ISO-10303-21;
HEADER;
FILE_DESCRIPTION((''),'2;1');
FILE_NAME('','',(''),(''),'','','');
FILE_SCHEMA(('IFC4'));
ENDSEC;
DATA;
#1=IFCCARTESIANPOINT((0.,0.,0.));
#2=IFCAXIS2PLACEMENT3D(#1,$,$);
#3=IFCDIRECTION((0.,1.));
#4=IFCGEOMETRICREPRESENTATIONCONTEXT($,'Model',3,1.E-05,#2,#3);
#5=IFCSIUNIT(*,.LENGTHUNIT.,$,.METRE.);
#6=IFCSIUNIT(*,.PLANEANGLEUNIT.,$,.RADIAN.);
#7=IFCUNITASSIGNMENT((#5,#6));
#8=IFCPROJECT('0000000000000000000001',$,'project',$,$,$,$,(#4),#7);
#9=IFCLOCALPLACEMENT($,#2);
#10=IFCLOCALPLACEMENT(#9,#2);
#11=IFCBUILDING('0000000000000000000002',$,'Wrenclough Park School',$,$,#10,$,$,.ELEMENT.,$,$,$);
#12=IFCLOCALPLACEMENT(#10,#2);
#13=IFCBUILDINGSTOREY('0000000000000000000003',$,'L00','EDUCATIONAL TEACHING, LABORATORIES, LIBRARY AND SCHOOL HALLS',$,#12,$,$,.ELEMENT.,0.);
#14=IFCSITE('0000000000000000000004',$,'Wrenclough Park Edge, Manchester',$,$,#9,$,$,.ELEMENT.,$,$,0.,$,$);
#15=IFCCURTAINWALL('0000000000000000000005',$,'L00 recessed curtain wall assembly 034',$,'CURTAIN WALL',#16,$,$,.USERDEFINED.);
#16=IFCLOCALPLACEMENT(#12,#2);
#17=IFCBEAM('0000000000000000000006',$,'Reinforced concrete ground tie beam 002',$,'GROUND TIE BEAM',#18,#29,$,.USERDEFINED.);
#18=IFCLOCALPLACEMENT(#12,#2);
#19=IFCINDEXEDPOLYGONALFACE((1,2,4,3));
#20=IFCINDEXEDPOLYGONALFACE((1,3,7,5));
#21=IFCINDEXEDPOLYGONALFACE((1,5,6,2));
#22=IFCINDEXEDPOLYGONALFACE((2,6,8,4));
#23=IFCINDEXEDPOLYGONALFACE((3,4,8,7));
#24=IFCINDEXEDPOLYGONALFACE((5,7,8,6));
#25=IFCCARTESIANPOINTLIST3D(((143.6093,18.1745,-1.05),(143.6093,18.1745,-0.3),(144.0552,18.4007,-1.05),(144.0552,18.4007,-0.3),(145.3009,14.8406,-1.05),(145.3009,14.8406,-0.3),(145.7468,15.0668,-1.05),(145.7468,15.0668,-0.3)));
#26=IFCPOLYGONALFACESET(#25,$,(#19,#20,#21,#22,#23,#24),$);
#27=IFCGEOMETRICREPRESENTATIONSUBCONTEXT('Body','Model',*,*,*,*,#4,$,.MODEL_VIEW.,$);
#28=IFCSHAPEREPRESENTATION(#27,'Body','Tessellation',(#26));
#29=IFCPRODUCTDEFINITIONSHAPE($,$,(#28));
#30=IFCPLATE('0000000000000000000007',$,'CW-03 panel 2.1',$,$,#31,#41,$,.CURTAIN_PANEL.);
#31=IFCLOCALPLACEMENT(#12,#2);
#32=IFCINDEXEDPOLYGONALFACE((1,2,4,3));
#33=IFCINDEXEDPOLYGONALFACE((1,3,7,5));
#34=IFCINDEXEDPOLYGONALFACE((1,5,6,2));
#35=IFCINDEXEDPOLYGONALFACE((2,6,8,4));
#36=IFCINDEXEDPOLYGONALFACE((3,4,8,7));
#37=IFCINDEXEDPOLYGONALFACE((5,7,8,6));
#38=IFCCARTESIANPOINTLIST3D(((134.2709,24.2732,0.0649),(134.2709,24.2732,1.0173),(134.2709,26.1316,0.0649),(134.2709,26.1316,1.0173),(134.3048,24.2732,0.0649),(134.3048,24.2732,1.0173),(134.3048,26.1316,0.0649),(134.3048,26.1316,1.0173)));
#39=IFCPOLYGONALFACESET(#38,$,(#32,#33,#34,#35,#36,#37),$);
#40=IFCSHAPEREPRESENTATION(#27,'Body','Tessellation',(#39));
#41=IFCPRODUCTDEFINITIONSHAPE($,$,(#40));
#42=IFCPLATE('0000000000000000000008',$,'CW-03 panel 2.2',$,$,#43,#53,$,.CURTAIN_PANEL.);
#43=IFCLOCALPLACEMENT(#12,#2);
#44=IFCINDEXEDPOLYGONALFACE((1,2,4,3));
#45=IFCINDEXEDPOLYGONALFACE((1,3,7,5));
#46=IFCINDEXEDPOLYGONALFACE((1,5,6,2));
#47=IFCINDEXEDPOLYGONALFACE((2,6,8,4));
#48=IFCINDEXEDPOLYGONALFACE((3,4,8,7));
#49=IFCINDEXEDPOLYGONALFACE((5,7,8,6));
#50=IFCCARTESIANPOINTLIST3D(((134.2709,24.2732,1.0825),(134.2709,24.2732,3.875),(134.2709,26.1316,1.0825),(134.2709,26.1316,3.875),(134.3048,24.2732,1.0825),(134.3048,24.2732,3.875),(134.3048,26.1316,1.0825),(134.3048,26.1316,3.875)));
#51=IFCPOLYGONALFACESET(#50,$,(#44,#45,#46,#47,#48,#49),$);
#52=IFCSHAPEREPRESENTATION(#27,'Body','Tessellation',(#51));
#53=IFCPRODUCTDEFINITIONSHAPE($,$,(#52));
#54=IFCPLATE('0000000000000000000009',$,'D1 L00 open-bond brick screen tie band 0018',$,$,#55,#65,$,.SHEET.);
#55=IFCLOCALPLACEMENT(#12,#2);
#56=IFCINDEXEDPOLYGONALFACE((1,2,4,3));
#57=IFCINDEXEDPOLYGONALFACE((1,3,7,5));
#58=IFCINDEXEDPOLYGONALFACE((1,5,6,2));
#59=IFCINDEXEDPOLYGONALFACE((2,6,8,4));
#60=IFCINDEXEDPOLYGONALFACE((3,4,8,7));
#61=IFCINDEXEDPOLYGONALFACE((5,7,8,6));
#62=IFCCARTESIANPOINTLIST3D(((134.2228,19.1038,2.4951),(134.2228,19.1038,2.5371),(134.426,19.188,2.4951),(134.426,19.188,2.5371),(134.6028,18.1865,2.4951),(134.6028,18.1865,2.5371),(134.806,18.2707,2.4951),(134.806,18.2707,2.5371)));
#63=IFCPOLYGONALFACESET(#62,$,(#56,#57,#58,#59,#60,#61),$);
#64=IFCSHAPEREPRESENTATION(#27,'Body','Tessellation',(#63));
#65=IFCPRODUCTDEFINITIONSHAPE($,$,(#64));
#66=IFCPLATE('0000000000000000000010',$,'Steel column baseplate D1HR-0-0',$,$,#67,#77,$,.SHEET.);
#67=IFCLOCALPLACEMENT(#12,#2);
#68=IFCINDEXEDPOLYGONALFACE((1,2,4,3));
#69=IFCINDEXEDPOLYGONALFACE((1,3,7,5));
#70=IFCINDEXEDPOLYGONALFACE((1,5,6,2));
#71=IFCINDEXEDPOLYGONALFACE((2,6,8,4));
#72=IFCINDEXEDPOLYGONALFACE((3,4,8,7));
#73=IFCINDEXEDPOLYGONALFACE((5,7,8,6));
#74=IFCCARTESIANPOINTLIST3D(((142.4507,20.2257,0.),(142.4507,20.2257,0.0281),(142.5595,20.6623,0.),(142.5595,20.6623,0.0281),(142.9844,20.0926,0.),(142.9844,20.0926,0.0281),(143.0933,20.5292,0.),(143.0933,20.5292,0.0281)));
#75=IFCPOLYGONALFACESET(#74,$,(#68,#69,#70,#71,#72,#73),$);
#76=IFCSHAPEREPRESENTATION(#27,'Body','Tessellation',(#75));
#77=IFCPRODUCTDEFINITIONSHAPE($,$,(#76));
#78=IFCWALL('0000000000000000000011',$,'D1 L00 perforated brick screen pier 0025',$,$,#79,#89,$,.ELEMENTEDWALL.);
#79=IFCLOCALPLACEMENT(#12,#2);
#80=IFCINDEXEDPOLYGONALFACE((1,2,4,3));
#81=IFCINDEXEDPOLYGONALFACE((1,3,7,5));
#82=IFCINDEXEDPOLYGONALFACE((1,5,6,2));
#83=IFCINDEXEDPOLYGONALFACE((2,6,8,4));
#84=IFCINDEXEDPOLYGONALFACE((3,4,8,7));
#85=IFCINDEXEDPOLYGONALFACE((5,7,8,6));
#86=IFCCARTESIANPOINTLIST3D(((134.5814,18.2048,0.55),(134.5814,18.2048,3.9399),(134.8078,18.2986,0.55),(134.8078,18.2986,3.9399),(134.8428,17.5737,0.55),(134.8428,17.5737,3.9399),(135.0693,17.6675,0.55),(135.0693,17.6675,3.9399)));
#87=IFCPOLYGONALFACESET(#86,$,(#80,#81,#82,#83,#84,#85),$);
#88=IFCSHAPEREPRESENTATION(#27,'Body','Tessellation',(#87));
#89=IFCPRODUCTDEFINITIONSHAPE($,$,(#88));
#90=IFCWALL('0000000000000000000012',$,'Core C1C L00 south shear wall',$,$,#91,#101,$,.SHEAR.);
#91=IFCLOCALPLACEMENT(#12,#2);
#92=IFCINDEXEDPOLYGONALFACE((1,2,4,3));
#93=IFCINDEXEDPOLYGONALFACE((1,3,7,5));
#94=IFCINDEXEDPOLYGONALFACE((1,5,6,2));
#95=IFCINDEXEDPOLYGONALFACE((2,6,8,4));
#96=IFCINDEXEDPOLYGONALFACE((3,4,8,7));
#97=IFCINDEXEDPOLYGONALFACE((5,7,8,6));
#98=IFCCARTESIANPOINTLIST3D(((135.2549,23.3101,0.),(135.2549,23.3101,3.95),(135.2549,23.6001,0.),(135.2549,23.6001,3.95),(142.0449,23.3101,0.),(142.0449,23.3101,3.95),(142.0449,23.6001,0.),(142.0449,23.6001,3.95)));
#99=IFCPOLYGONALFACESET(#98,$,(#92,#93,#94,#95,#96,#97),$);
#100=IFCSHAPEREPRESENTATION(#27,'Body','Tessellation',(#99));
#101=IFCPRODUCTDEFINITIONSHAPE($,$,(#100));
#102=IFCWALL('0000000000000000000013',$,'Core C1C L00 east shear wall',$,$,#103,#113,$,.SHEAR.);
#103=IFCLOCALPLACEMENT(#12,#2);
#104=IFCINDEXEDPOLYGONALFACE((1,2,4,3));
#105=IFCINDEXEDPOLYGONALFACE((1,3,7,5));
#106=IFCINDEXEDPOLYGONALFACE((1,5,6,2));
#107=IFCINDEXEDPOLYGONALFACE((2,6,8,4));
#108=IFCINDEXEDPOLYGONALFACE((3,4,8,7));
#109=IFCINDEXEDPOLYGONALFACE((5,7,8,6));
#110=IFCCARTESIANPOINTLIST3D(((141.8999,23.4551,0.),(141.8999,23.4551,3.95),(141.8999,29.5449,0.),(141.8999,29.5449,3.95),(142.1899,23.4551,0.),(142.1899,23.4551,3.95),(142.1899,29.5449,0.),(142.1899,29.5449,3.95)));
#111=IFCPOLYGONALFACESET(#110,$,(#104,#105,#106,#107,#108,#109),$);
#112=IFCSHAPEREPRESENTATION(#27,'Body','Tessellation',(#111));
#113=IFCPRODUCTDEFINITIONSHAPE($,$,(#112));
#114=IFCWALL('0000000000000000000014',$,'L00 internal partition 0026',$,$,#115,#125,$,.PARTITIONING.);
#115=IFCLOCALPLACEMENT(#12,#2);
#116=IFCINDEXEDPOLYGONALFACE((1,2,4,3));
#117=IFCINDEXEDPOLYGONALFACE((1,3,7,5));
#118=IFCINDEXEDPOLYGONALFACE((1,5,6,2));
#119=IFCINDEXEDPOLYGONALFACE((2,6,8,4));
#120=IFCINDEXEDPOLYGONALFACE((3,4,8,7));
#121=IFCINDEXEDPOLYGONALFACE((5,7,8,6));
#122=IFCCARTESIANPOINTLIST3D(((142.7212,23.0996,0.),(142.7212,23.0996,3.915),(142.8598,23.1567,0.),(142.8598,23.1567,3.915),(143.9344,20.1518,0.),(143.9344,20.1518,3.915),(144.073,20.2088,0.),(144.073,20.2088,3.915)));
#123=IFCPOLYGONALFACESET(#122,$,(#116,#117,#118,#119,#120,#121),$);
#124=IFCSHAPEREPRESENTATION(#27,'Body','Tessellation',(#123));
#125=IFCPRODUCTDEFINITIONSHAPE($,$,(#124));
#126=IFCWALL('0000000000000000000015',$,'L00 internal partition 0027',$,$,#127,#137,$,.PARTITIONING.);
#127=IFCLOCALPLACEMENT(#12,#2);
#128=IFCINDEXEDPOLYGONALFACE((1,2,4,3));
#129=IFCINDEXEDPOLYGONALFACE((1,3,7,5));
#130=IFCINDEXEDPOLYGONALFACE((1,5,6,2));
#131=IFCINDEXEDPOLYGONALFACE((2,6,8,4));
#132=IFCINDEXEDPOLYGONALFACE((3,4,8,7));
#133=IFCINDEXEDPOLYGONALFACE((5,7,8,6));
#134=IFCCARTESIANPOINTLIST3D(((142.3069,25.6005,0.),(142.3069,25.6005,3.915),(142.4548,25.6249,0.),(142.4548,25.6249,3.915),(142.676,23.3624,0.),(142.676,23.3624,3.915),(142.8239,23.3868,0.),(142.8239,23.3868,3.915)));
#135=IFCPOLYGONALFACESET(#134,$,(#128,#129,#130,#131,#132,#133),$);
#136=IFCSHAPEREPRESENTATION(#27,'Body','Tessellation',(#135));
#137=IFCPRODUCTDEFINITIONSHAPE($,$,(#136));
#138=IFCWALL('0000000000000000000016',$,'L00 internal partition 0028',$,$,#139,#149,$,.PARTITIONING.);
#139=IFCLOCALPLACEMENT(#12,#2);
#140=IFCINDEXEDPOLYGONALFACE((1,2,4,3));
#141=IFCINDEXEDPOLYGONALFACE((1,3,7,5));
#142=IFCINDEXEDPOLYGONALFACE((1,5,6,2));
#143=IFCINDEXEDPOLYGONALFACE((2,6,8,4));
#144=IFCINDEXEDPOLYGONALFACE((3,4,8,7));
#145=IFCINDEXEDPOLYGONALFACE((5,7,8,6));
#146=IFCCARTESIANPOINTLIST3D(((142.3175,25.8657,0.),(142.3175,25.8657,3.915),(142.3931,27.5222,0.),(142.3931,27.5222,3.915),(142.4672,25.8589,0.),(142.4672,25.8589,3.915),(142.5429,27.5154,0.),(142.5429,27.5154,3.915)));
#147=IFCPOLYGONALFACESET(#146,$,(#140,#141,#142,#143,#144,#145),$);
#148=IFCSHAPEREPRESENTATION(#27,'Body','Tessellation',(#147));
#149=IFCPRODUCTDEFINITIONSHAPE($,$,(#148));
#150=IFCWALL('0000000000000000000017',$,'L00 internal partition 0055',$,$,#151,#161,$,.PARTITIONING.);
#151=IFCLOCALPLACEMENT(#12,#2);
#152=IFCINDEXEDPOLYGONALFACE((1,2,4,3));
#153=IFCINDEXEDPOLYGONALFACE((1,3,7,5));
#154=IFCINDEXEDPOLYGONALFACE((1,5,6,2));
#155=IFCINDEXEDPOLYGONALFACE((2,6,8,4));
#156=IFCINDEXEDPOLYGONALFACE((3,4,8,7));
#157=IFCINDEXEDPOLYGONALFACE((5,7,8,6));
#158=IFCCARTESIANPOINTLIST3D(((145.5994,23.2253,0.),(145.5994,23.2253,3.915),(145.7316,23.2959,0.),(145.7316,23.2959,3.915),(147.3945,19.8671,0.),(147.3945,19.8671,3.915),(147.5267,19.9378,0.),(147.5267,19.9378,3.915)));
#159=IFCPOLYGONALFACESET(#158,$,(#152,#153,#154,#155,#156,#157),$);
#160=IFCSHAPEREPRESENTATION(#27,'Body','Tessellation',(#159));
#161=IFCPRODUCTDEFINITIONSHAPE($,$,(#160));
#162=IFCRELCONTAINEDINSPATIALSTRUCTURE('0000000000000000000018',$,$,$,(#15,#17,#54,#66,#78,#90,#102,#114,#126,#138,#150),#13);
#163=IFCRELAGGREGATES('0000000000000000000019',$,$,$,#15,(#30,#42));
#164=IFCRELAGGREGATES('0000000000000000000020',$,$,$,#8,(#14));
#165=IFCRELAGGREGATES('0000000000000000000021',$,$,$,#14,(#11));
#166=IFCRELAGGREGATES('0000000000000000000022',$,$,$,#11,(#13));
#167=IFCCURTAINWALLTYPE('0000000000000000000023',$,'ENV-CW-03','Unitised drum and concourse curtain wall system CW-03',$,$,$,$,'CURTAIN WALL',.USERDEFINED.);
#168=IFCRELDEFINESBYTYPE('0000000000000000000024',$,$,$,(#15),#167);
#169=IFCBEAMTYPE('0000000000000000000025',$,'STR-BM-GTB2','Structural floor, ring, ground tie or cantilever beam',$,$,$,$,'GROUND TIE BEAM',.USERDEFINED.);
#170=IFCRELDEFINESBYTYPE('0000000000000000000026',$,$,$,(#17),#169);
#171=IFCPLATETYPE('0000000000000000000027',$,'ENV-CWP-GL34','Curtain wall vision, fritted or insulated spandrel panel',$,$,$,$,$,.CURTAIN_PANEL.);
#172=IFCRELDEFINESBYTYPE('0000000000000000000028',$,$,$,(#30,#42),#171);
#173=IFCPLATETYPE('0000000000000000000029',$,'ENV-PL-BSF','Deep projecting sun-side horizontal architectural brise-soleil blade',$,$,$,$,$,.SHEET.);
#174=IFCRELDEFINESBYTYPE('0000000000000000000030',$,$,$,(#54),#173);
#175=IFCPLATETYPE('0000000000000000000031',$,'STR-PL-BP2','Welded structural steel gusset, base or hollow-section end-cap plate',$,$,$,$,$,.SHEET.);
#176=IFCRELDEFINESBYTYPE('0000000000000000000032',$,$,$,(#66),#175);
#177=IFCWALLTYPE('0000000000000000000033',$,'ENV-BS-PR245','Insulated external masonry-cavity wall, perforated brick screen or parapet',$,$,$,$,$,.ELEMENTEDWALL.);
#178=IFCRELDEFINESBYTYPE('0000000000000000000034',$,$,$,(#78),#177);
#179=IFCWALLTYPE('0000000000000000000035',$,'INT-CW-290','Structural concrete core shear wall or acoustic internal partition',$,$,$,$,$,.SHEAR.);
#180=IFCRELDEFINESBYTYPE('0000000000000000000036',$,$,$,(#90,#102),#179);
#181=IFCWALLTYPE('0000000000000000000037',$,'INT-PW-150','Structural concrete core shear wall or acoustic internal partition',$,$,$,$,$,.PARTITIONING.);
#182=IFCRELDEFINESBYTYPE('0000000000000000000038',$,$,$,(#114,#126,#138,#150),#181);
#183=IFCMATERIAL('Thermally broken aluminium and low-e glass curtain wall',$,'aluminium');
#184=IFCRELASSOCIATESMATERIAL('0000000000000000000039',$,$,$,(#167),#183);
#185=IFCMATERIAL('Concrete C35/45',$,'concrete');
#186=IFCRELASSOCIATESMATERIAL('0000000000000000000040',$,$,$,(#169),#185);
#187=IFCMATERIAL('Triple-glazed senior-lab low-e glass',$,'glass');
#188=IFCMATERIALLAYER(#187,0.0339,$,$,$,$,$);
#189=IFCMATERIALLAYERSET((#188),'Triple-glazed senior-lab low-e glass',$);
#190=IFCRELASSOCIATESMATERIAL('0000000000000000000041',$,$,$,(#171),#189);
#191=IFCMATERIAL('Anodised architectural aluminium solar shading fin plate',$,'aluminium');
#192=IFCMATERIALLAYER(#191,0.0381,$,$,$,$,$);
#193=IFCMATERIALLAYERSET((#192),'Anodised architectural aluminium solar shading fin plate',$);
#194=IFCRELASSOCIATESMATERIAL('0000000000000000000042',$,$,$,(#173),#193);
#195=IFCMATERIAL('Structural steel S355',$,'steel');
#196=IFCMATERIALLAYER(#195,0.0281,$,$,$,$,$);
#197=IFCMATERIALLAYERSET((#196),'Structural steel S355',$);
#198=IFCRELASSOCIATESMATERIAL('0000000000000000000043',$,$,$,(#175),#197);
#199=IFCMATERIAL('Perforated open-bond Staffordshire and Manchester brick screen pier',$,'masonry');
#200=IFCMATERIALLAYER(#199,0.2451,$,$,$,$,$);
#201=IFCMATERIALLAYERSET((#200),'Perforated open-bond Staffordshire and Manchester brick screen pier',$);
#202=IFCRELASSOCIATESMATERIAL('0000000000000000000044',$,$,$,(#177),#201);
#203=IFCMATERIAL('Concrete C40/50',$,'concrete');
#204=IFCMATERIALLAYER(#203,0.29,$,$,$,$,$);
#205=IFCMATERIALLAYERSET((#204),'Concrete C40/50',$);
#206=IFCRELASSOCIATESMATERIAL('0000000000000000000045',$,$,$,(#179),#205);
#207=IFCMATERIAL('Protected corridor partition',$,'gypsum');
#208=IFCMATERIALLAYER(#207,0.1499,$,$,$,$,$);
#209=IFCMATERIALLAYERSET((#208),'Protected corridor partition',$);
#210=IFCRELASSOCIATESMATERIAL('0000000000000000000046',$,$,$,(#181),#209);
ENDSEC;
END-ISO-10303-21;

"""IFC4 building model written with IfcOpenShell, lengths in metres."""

from ifc_helpers import new_model, si_unit, direction, frame, frame_2d, origin, origin_2d, place, context, subcontext, project, spatial, rectangle, extrude, material, layer, layer_set, material_profile, profile_set, type_object, element, aggregate, save


model = new_model("IFC4")

# Units and contexts
model_context = context("Model", 3, precision=1e-05, world=origin(), true_north=direction((0.0, 1.0)))
body_context = subcontext(model_context, "Body", "Model", "MODEL_VIEW")
ifc_project = project(units=[si_unit("LENGTHUNIT", "METRE"), si_unit("PLANEANGLEUNIT", "RADIAN")], contexts=[model_context])

# Site, building, storey
site_placement = place(None, origin())
site = spatial("IfcSite", under=ifc_project, at=site_placement, Name="Wrenclough Park Edge, Manchester", CompositionType="ELEMENT", RefElevation=0.0)
building_placement = place(site_placement, origin())
building = spatial("IfcBuilding", under=site, at=building_placement, Name="Wrenclough Park School", CompositionType="ELEMENT")
storey_placement = place(building_placement, origin())
storey = spatial("IfcBuildingStorey", under=building, at=storey_placement, Name="L00", Description="EDUCATIONAL TEACHING, LABORATORIES, LIBRARY AND SCHOOL HALLS", CompositionType="ELEMENT", Elevation=0.0)

# Shared definitions
ifc_material_1 = material(Name="Concrete C35/45", Category="concrete")

# Shared definitions
ifc_material_2 = material(Name="Structural steel S355", Category="steel")

# Curtain wall
ifc_material_3 = material(Name="Thermally broken aluminium and low-e glass curtain wall", Category="aluminium")
curtain_wall_type = type_object("IfcCurtainWallType", Name="ENV-CW-03", Description="Unitised drum and concourse curtain wall system CW-03", ElementType="CURTAIN WALL", PredefinedType="USERDEFINED", material=ifc_material_3)
curtain_wall_placement = place(storey_placement, origin())
curtain_wall = element("IfcCurtainWall", 1, at=curtain_wall_placement, inside=storey, type_object=curtain_wall_type, Name="L00 recessed curtain wall assembly 034", ObjectType="CURTAIN WALL", PredefinedType="USERDEFINED")

# Beam
ifc_material_profile_1 = material_profile(ifc_material_1, rectangle(XDim=0.5, YDim=0.75, at=origin_2d()), Name="RC GROUND 500x750")
ifc_profile_set_1 = profile_set([ifc_material_profile_1], Name="Concrete C35/45")
beam_type_1 = type_object("IfcBeamType", Name="STR-BM-GTB2", Description="Structural floor, ring, ground tie or cantilever beam", ElementType="GROUND TIE BEAM", PredefinedType="USERDEFINED", material=ifc_profile_set_1)
beam_1_placement = place(storey_placement, frame((143.8323, 18.2876, -0.675), z_axis=(0.452482, -0.891773, 0.0), x_axis=(0.891773, 0.452482, 0.0)))
element("IfcBeam", 2, at=beam_1_placement, inside=storey, type_object=beam_type_1, Name="Reinforced concrete ground tie beam 002", ObjectType="GROUND TIE BEAM", PredefinedType="USERDEFINED", context=body_context, shape_type="SweptSolid", body=[
    extrude(rectangle(XDim=0.5, YDim=0.75, at=origin_2d()), origin(), (0.0, 0.0, 1.0), 3.7385),
])

# Plates
ifc_material_4 = material(Name="Triple-glazed senior-lab low-e glass", Category="glass")
ifc_layer_1 = layer(ifc_material_4, 0.0339)
ifc_layer_set_1 = layer_set([ifc_layer_1], Name="Triple-glazed senior-lab low-e glass")
plate_type_1 = type_object("IfcPlateType", Name="ENV-CWP-GL34", Description="Curtain wall vision, fritted or insulated spandrel panel", PredefinedType="CURTAIN_PANEL", material=ifc_layer_set_1)
plate_1_placement = place(storey_placement, frame((134.2878, 25.2024, 0.0649), z_axis=(0.0, 0.0, 1.0), x_axis=(0.0, 1.0, 0.0)))
plate_1 = element("IfcPlate", 3, at=plate_1_placement, type_object=plate_type_1, Name="CW-03 panel 2.1", PredefinedType="CURTAIN_PANEL", context=body_context, shape_type="SweptSolid", body=[
    extrude(rectangle(XDim=1.8584, YDim=0.0339, at=origin_2d()), origin(), (0.0, 0.0, 1.0), 0.9524),
])
plate_2_placement = place(storey_placement, frame((134.2878, 25.2024, 1.0825), z_axis=(0.0, 0.0, 1.0), x_axis=(0.0, 1.0, 0.0)))
plate_2 = element("IfcPlate", 4, at=plate_2_placement, type_object=plate_type_1, Name="CW-03 panel 2.2", PredefinedType="CURTAIN_PANEL", context=body_context, shape_type="SweptSolid", body=[
    extrude(rectangle(XDim=1.8584, YDim=0.0339, at=origin_2d()), origin(), (0.0, 0.0, 1.0), 2.7925),
])
aggregate(curtain_wall, [plate_1, plate_2])

# Plates
ifc_material_5 = material(Name="Anodised architectural aluminium solar shading fin plate", Category="aluminium")
ifc_layer_2 = layer(ifc_material_5, 0.0381)
ifc_layer_set_2 = layer_set([ifc_layer_2], Name="Anodised architectural aluminium solar shading fin plate")
plate_type_2 = type_object("IfcPlateType", Name="ENV-PL-BSF", Description="Deep projecting sun-side horizontal architectural brise-soleil blade", PredefinedType="SHEET", material=ifc_layer_set_2)
plate_3_placement = place(storey_placement, frame((134.5144, 18.6873, 2.4951), z_axis=(0.0, 0.0, 1.0), x_axis=(0.382692, -0.923876, 0.0)))
element("IfcPlate", 5, at=plate_3_placement, inside=storey, type_object=plate_type_2, Name="D1 L00 open-bond brick screen tie band 0018", PredefinedType="SHEET", context=body_context, shape_type="SweptSolid", body=[
    extrude(rectangle(XDim=0.9929, YDim=0.22, at=origin_2d()), origin(), (0.0, 0.0, 1.0), 0.042),
])
ifc_layer_3 = layer(ifc_material_2, 0.0281)
ifc_layer_set_3 = layer_set([ifc_layer_3], Name="Structural steel S355")
plate_type_3 = type_object("IfcPlateType", Name="STR-PL-BP2", Description="Welded structural steel gusset, base or hollow-section end-cap plate", PredefinedType="SHEET", material=ifc_layer_set_3)
plate_4_placement = place(storey_placement, frame((142.772, 20.3774, 0.0), z_axis=(0.0, 0.0, 1.0), x_axis=(0.970296, -0.241922, 0.0)))
element("IfcPlate", 6, at=plate_4_placement, inside=storey, type_object=plate_type_3, Name="Steel column baseplate D1HR-0-0", PredefinedType="SHEET", context=body_context, shape_type="SweptSolid", body=[
    extrude(rectangle(XDim=0.55, YDim=0.45, at=origin_2d()), origin(), (0.0, 0.0, 1.0), 0.0281),
])

# Walls
ifc_material_6 = material(Name="Perforated open-bond Staffordshire and Manchester brick screen pier", Category="masonry")
ifc_layer_4 = layer(ifc_material_6, 0.2451)
ifc_layer_set_4 = layer_set([ifc_layer_4], Name="Perforated open-bond Staffordshire and Manchester brick screen pier")
wall_type_1 = type_object("IfcWallType", Name="ENV-BS-PR245", Description="Insulated external masonry-cavity wall, perforated brick screen or parapet", PredefinedType="ELEMENTEDWALL", material=ifc_layer_set_4)
wall_1_placement = place(storey_placement, frame((134.6946, 18.2517, 0.55), z_axis=(0.0, 0.0, 1.0), x_axis=(0.382762, -0.923847, 0.0)))
element("IfcWall", 7, at=wall_1_placement, inside=storey, type_object=wall_type_1, Name="D1 L00 perforated brick screen pier 0025", PredefinedType="ELEMENTEDWALL", context=body_context, shape_type="SweptSolid", body=[
    extrude(rectangle(XDim=0.6831, YDim=0.2451, at=frame_2d((0.3416, 0.0))), origin(), (0.0, 0.0, 1.0), 3.3899),
])
ifc_material_7 = material(Name="Concrete C40/50", Category="concrete")
ifc_layer_5 = layer(ifc_material_7, 0.29)
ifc_layer_set_5 = layer_set([ifc_layer_5], Name="Concrete C40/50")
wall_type_2 = type_object("IfcWallType", Name="INT-CW-290", Description="Structural concrete core shear wall or acoustic internal partition", PredefinedType="SHEAR", material=ifc_layer_set_5)
wall_2_placement = place(storey_placement, frame((135.2549, 23.4551, 0.0), z_axis=(0.0, 0.0, 1.0), x_axis=(1.0, 0.0, 0.0)))
element("IfcWall", 8, at=wall_2_placement, inside=storey, type_object=wall_type_2, Name="Core C1C L00 south shear wall", PredefinedType="SHEAR", context=body_context, shape_type="SweptSolid", body=[
    extrude(rectangle(XDim=6.79, YDim=0.29, at=frame_2d((3.395, 0.0))), origin(), (0.0, 0.0, 1.0), 3.95),
])
wall_3_placement = place(storey_placement, frame((142.0449, 23.4551, 0.0), z_axis=(0.0, 0.0, 1.0), x_axis=(0.0, 1.0, 0.0)))
element("IfcWall", 9, at=wall_3_placement, inside=storey, type_object=wall_type_2, Name="Core C1C L00 east shear wall", PredefinedType="SHEAR", context=body_context, shape_type="SweptSolid", body=[
    extrude(rectangle(XDim=6.0898, YDim=0.29, at=frame_2d((3.0449, 0.0))), origin(), (0.0, 0.0, 1.0), 3.95),
])
ifc_material_8 = material(Name="Protected corridor partition", Category="gypsum")
ifc_layer_6 = layer(ifc_material_8, 0.1499)
ifc_layer_set_6 = layer_set([ifc_layer_6], Name="Protected corridor partition")
wall_type_3 = type_object("IfcWallType", Name="INT-PW-150", Description="Structural concrete core shear wall or acoustic internal partition", PredefinedType="PARTITIONING", material=ifc_layer_set_6)
wall_4_placement = place(storey_placement, frame((144.0037, 20.1804, 0.0), z_axis=(0.0, 0.0, 1.0), x_axis=(-0.380576, 0.924749, 0.0)))
element("IfcWall", 10, at=wall_4_placement, inside=storey, type_object=wall_type_3, Name="L00 internal partition 0026", PredefinedType="PARTITIONING", context=body_context, shape_type="SweptSolid", body=[
    extrude(rectangle(XDim=3.1877, YDim=0.1499, at=frame_2d((1.5938, 0.0))), origin(), (0.0, 0.0, 1.0), 3.915),
])
wall_5_placement = place(storey_placement, frame((142.75, 23.3745, 0.0), z_axis=(0.0, 0.0, 1.0), x_axis=(-0.162741, 0.986669, 0.0)))
element("IfcWall", 11, at=wall_5_placement, inside=storey, type_object=wall_type_3, Name="L00 internal partition 0027", PredefinedType="PARTITIONING", context=body_context, shape_type="SweptSolid", body=[
    extrude(rectangle(XDim=2.2683, YDim=0.1499, at=frame_2d((1.1343, 0.0))), origin(), (0.0, 0.0, 1.0), 3.915),
])
wall_6_placement = place(storey_placement, frame((142.3923, 25.8623, 0.0), z_axis=(0.0, 0.0, 1.0), x_axis=(0.045641, 0.998958, 0.0)))
element("IfcWall", 12, at=wall_6_placement, inside=storey, type_object=wall_type_3, Name="L00 internal partition 0028", PredefinedType="PARTITIONING", context=body_context, shape_type="SweptSolid", body=[
    extrude(rectangle(XDim=1.6582, YDim=0.1499, at=frame_2d((0.8291, 0.0))), origin(), (0.0, 0.0, 1.0), 3.915),
])
wall_7_placement = place(storey_placement, frame((145.6655, 23.2605, 0.0), z_axis=(0.0, 0.0, 1.0), x_axis=(0.471437, -0.8819, 0.0)))
element("IfcWall", 13, at=wall_7_placement, inside=storey, type_object=wall_type_3, Name="L00 internal partition 0055", PredefinedType="PARTITIONING", context=body_context, shape_type="SweptSolid", body=[
    extrude(rectangle(XDim=3.8079, YDim=0.1499, at=frame_2d((1.9038, 0.0))), origin(), (0.0, 0.0, 1.0), 3.915),
])

save(model, "model.ifc")
